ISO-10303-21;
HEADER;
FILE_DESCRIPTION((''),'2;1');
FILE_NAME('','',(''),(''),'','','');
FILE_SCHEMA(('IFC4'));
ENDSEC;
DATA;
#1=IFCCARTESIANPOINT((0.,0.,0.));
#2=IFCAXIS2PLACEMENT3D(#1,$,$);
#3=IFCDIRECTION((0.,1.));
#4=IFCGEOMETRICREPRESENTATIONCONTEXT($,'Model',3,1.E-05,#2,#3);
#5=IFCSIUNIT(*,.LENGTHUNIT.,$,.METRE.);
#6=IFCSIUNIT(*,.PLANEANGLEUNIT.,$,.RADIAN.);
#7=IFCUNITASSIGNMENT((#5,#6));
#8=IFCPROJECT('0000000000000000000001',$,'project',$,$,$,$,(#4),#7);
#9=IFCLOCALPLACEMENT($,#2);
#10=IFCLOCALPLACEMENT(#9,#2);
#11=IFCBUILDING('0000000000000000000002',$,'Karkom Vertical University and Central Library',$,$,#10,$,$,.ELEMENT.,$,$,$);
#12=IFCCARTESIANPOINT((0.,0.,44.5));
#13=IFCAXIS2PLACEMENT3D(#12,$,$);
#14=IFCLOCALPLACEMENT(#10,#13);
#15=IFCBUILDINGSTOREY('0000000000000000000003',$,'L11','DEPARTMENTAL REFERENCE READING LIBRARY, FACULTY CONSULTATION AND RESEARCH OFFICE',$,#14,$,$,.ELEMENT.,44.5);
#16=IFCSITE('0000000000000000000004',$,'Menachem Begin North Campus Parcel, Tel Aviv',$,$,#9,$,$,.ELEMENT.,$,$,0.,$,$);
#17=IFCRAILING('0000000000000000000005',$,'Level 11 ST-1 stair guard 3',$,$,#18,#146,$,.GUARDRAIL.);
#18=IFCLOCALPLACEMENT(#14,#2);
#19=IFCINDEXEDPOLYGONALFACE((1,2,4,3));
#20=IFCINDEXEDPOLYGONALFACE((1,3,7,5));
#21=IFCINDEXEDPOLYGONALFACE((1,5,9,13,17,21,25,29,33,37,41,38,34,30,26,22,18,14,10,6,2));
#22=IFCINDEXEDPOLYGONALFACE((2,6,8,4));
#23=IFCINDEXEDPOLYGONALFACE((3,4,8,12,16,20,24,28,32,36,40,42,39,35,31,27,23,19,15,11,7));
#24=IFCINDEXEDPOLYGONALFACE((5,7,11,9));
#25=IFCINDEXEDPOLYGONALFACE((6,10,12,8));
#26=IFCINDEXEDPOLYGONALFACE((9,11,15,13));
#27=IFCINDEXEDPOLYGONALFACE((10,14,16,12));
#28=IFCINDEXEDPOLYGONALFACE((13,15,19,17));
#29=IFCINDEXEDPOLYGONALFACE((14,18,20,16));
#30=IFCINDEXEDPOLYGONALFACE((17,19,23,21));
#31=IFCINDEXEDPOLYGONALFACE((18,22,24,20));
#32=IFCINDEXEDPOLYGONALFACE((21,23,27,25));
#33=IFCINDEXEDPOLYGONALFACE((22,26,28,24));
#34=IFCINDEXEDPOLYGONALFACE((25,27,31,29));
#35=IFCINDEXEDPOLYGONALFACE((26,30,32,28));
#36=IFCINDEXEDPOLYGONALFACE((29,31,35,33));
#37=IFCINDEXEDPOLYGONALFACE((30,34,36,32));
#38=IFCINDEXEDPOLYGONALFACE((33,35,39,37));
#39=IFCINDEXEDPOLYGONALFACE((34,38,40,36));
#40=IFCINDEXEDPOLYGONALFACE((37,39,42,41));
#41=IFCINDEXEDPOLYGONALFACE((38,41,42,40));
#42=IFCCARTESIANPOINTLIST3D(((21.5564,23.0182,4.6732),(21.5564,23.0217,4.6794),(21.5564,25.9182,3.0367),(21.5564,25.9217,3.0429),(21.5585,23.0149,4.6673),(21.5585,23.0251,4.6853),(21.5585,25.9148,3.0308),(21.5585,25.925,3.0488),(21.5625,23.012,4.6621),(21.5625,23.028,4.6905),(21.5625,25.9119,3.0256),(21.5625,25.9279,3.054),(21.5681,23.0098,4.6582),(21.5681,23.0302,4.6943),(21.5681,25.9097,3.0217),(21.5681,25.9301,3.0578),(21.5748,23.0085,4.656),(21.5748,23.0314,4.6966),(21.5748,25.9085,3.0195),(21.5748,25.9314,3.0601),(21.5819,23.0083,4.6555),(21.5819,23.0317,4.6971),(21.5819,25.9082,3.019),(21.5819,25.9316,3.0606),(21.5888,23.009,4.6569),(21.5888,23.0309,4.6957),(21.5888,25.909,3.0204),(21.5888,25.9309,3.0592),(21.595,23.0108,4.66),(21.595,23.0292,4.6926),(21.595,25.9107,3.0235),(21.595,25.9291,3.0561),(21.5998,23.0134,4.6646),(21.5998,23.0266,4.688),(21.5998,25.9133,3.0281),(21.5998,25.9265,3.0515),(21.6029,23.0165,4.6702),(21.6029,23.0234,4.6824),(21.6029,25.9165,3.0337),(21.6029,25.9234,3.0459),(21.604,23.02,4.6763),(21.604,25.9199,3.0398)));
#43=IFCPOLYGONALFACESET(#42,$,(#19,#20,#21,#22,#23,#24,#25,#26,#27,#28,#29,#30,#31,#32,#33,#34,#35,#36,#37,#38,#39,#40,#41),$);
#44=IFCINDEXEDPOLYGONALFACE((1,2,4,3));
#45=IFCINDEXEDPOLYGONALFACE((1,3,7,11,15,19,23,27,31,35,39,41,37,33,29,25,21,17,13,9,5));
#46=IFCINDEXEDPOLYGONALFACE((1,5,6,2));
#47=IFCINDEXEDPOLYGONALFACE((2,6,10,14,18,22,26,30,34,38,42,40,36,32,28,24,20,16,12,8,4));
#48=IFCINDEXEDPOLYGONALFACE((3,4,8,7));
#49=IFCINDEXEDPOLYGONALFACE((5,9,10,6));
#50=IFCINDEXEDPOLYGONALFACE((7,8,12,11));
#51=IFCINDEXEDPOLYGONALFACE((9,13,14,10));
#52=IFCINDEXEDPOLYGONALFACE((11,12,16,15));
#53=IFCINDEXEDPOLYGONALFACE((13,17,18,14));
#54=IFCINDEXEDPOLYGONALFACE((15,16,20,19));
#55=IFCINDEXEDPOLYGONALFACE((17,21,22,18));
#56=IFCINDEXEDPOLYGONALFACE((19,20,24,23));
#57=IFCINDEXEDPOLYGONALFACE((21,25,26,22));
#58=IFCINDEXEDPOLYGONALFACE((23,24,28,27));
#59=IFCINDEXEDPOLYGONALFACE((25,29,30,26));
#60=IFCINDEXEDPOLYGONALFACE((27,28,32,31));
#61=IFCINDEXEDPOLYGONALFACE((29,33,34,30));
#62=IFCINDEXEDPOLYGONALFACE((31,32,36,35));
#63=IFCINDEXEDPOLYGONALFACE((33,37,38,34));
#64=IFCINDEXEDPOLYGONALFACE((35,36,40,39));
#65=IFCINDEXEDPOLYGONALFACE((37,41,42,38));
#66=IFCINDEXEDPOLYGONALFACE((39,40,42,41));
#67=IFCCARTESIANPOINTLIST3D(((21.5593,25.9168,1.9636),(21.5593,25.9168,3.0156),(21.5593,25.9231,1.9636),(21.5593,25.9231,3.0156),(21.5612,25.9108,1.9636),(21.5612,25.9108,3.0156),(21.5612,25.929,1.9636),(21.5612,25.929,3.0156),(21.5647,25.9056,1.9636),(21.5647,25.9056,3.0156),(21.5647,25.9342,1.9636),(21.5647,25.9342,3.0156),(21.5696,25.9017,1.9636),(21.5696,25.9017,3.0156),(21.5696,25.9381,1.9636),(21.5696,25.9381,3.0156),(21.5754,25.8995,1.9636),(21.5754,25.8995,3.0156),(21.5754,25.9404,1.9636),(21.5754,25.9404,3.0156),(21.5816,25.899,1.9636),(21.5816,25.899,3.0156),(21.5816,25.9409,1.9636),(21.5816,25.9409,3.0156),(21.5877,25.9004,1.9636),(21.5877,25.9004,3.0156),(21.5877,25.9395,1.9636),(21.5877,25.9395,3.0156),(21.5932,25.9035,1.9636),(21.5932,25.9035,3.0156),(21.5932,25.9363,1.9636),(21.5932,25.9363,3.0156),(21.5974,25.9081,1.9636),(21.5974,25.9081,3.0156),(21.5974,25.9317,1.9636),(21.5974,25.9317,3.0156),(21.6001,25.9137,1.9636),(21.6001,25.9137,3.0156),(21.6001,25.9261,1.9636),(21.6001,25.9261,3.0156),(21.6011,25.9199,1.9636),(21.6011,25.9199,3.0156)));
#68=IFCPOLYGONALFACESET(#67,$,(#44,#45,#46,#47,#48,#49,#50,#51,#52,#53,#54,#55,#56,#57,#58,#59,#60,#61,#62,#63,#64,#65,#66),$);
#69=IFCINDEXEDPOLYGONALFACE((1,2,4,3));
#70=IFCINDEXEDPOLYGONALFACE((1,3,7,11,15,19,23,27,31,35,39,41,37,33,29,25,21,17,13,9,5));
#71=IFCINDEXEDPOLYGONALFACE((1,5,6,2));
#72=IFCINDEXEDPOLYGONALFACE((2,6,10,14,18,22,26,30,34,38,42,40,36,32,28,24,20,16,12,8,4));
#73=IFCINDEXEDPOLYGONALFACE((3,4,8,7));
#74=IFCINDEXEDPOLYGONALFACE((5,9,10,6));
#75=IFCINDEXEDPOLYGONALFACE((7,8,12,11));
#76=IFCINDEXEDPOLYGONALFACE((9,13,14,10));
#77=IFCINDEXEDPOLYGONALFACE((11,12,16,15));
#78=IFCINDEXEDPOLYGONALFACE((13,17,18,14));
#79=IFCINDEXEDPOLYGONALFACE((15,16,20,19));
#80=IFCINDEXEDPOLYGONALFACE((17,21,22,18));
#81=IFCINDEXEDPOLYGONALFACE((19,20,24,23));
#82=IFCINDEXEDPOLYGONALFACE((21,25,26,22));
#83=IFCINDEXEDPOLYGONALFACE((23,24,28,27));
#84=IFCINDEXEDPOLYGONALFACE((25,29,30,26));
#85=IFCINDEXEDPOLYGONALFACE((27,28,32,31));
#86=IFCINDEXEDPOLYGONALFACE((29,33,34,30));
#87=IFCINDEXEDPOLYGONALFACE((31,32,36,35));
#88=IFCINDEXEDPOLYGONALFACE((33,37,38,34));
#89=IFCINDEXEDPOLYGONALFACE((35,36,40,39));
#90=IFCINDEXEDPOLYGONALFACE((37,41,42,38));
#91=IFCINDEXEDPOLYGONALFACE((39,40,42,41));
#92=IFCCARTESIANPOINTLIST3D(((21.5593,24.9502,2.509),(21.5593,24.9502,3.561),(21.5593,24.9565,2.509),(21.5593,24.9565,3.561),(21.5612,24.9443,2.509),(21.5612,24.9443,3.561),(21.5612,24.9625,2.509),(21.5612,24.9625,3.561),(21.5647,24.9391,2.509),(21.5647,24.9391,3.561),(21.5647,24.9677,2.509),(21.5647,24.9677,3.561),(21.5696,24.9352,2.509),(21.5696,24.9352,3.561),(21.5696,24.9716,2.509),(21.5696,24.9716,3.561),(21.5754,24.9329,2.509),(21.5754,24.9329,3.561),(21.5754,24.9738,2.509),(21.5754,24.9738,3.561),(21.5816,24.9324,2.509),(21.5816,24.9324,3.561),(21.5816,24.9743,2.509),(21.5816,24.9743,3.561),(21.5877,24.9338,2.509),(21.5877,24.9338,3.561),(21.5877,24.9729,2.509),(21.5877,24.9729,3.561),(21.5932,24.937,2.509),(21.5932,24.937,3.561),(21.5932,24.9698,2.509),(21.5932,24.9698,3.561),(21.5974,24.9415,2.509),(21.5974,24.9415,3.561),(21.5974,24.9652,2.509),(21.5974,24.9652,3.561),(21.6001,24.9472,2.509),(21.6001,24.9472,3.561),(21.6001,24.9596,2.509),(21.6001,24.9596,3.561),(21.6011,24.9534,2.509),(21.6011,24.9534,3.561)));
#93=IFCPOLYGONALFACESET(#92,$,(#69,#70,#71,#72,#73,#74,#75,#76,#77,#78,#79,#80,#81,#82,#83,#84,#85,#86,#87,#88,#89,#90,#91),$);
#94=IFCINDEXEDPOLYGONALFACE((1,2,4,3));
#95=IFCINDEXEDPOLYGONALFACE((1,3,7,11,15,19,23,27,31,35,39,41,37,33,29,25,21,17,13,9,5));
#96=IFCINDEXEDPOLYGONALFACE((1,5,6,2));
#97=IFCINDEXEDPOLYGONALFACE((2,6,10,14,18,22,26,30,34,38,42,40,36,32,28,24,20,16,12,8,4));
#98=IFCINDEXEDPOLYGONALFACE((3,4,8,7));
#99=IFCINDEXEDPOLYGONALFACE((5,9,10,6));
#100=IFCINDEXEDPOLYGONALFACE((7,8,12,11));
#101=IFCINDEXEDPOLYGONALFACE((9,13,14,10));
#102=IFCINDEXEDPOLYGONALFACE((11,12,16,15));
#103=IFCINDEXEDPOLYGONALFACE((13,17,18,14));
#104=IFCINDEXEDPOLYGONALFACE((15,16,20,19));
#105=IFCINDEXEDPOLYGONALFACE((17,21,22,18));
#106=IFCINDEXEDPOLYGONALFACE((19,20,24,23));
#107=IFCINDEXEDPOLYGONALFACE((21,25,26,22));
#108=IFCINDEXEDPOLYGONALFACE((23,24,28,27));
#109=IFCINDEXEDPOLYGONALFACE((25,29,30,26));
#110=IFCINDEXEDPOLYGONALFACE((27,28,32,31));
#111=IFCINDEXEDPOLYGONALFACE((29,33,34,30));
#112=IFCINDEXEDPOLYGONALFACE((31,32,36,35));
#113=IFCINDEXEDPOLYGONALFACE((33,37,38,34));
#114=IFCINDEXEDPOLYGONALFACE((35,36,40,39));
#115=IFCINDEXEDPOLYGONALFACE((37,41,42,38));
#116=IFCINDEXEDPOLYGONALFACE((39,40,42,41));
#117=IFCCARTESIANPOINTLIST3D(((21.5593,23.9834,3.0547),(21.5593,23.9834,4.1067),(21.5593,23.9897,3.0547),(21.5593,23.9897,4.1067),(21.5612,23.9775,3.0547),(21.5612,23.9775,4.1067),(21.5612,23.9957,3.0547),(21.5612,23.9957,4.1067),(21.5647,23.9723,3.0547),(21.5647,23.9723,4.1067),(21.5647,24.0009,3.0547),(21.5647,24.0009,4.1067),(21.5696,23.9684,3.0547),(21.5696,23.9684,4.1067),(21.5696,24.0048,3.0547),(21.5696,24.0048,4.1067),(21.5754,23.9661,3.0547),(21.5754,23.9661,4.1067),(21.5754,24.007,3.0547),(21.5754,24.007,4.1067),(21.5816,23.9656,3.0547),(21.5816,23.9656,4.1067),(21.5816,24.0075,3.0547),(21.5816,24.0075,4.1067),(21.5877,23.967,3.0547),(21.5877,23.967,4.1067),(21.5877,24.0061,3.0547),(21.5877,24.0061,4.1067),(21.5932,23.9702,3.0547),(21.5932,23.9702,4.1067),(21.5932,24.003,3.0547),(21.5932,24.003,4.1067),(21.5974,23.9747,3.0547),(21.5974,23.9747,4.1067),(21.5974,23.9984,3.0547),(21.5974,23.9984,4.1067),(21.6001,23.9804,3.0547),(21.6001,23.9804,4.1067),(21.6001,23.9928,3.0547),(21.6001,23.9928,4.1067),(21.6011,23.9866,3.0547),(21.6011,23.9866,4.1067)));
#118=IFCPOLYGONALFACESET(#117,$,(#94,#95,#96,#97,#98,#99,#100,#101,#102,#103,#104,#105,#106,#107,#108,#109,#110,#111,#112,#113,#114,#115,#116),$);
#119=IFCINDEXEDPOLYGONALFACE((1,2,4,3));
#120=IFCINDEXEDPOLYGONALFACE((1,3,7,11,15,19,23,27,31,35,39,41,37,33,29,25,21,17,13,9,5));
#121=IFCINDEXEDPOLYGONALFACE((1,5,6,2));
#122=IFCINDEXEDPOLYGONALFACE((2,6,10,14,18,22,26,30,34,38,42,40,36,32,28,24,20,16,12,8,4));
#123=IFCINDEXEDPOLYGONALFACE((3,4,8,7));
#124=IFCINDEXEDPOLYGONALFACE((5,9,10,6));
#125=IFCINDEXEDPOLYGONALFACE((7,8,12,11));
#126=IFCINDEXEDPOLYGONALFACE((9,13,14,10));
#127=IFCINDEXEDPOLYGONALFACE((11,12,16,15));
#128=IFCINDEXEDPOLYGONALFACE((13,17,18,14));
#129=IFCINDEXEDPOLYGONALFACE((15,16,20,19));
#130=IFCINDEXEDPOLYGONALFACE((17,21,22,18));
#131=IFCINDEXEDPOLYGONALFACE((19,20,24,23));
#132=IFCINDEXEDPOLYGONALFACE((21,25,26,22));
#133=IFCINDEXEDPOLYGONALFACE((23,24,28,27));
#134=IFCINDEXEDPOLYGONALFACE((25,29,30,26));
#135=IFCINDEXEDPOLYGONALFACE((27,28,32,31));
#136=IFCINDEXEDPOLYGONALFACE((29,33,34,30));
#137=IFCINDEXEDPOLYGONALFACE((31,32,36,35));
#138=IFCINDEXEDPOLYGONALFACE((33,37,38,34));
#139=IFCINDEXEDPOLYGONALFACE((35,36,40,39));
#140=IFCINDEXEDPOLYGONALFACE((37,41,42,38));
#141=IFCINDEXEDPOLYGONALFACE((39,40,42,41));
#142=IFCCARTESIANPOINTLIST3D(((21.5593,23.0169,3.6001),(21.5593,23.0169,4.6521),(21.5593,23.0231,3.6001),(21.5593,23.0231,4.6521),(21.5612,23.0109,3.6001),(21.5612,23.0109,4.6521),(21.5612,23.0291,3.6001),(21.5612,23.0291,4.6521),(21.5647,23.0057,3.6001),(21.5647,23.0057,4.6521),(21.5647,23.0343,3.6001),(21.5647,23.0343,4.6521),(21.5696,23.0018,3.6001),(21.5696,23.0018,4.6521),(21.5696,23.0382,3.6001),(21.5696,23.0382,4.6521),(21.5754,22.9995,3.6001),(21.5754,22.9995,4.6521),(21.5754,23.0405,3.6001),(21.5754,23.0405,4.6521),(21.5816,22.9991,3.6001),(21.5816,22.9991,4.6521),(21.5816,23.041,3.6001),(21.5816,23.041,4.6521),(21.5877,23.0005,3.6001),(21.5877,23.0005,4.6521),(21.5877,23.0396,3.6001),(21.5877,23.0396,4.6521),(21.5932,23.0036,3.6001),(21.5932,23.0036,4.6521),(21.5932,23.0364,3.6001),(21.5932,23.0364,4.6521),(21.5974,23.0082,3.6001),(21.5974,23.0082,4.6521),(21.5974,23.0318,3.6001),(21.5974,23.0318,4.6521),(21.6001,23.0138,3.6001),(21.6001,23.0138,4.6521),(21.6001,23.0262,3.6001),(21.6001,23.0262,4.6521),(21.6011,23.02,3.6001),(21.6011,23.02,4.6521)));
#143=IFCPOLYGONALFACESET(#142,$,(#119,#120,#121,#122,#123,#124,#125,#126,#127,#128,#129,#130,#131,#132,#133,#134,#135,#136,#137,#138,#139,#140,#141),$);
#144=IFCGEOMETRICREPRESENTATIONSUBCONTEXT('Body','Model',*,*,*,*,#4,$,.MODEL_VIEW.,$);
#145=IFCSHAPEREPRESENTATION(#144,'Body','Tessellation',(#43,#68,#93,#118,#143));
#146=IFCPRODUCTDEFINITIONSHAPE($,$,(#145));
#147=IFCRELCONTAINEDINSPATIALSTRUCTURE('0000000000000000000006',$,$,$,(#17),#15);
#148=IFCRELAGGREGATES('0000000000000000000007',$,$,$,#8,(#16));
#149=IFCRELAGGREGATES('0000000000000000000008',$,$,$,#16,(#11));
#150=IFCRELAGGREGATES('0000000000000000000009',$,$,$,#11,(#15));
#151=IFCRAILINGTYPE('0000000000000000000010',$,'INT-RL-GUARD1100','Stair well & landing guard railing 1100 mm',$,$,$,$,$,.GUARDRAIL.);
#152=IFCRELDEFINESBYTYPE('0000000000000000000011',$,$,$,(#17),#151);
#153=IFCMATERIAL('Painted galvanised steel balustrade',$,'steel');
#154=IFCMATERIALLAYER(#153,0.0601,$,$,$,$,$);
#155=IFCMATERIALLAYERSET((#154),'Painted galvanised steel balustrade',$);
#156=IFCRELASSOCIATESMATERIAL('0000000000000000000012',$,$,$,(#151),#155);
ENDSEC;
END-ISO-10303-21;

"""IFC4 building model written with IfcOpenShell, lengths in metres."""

from ifc_helpers import new_model, si_unit, direction, frame, origin, origin_2d, place, context, subcontext, project, spatial, circle, extrude, material, layer, layer_set, type_object, element, save


model = new_model("IFC4")

# Units and contexts
model_context = context("Model", 3, precision=1e-05, world=origin(), true_north=direction((0.0, 1.0)))
body_context = subcontext(model_context, "Body", "Model", "MODEL_VIEW")
ifc_project = project(units=[si_unit("LENGTHUNIT", "METRE"), si_unit("PLANEANGLEUNIT", "RADIAN")], contexts=[model_context])

# Site, building, storey
site_placement = place(None, origin())
site = spatial("IfcSite", under=ifc_project, at=site_placement, Name="Menachem Begin North Campus Parcel, Tel Aviv", CompositionType="ELEMENT", RefElevation=0.0)
building_placement = place(site_placement, origin())
building = spatial("IfcBuilding", under=site, at=building_placement, Name="Karkom Vertical University and Central Library", CompositionType="ELEMENT")
storey_placement = place(building_placement, frame((0.0, 0.0, 44.5)))
storey = spatial("IfcBuildingStorey", under=building, at=storey_placement, Name="L11", Description="DEPARTMENTAL REFERENCE READING LIBRARY, FACULTY CONSULTATION AND RESEARCH OFFICE", CompositionType="ELEMENT", Elevation=44.5)

# Railing
ifc_material_1 = material(Name="Painted galvanised steel balustrade", Category="steel")
ifc_layer_1 = layer(ifc_material_1, 0.0601)
ifc_layer_set_1 = layer_set([ifc_layer_1], Name="Painted galvanised steel balustrade")
railing_type_1 = type_object("IfcRailingType", Name="INT-RL-GUARD1100", Description="Stair well & landing guard railing 1100 mm", PredefinedType="GUARDRAIL", material=ifc_layer_set_1)
railing_1_placement = place(storey_placement, frame((21.5801, 25.9199, 1.9636)))
element("IfcRailing", 1, at=railing_1_placement, inside=storey, type_object=railing_type_1, Name="Level 11 ST-1 stair guard 3", PredefinedType="GUARDRAIL", context=body_context, shape_type="SweptSolid", body=[
    extrude(circle(Radius=0.0239, at=origin_2d()), frame((0.0, 0.0, 1.0762), z_axis=(0.0, -0.870897, 0.491465), x_axis=(1.0, 0.0, 0.0)), (0.0, 0.0, 1.0), 3.3298),
    extrude(circle(Radius=0.021, at=origin_2d()), origin(), (0.0, 0.0, 1.0), 1.052),
    extrude(circle(Radius=0.021, at=origin_2d()), frame((0.0, -0.9666, 0.5454)), (0.0, 0.0, 1.0), 1.052),
    extrude(circle(Radius=0.021, at=origin_2d()), frame((0.0, -1.9333, 1.0911)), (0.0, 0.0, 1.0), 1.052),
    extrude(circle(Radius=0.021, at=origin_2d()), frame((0.0, -2.8999, 1.6365)), (0.0, 0.0, 1.0), 1.052),
])

save(model, "model.ifc")
